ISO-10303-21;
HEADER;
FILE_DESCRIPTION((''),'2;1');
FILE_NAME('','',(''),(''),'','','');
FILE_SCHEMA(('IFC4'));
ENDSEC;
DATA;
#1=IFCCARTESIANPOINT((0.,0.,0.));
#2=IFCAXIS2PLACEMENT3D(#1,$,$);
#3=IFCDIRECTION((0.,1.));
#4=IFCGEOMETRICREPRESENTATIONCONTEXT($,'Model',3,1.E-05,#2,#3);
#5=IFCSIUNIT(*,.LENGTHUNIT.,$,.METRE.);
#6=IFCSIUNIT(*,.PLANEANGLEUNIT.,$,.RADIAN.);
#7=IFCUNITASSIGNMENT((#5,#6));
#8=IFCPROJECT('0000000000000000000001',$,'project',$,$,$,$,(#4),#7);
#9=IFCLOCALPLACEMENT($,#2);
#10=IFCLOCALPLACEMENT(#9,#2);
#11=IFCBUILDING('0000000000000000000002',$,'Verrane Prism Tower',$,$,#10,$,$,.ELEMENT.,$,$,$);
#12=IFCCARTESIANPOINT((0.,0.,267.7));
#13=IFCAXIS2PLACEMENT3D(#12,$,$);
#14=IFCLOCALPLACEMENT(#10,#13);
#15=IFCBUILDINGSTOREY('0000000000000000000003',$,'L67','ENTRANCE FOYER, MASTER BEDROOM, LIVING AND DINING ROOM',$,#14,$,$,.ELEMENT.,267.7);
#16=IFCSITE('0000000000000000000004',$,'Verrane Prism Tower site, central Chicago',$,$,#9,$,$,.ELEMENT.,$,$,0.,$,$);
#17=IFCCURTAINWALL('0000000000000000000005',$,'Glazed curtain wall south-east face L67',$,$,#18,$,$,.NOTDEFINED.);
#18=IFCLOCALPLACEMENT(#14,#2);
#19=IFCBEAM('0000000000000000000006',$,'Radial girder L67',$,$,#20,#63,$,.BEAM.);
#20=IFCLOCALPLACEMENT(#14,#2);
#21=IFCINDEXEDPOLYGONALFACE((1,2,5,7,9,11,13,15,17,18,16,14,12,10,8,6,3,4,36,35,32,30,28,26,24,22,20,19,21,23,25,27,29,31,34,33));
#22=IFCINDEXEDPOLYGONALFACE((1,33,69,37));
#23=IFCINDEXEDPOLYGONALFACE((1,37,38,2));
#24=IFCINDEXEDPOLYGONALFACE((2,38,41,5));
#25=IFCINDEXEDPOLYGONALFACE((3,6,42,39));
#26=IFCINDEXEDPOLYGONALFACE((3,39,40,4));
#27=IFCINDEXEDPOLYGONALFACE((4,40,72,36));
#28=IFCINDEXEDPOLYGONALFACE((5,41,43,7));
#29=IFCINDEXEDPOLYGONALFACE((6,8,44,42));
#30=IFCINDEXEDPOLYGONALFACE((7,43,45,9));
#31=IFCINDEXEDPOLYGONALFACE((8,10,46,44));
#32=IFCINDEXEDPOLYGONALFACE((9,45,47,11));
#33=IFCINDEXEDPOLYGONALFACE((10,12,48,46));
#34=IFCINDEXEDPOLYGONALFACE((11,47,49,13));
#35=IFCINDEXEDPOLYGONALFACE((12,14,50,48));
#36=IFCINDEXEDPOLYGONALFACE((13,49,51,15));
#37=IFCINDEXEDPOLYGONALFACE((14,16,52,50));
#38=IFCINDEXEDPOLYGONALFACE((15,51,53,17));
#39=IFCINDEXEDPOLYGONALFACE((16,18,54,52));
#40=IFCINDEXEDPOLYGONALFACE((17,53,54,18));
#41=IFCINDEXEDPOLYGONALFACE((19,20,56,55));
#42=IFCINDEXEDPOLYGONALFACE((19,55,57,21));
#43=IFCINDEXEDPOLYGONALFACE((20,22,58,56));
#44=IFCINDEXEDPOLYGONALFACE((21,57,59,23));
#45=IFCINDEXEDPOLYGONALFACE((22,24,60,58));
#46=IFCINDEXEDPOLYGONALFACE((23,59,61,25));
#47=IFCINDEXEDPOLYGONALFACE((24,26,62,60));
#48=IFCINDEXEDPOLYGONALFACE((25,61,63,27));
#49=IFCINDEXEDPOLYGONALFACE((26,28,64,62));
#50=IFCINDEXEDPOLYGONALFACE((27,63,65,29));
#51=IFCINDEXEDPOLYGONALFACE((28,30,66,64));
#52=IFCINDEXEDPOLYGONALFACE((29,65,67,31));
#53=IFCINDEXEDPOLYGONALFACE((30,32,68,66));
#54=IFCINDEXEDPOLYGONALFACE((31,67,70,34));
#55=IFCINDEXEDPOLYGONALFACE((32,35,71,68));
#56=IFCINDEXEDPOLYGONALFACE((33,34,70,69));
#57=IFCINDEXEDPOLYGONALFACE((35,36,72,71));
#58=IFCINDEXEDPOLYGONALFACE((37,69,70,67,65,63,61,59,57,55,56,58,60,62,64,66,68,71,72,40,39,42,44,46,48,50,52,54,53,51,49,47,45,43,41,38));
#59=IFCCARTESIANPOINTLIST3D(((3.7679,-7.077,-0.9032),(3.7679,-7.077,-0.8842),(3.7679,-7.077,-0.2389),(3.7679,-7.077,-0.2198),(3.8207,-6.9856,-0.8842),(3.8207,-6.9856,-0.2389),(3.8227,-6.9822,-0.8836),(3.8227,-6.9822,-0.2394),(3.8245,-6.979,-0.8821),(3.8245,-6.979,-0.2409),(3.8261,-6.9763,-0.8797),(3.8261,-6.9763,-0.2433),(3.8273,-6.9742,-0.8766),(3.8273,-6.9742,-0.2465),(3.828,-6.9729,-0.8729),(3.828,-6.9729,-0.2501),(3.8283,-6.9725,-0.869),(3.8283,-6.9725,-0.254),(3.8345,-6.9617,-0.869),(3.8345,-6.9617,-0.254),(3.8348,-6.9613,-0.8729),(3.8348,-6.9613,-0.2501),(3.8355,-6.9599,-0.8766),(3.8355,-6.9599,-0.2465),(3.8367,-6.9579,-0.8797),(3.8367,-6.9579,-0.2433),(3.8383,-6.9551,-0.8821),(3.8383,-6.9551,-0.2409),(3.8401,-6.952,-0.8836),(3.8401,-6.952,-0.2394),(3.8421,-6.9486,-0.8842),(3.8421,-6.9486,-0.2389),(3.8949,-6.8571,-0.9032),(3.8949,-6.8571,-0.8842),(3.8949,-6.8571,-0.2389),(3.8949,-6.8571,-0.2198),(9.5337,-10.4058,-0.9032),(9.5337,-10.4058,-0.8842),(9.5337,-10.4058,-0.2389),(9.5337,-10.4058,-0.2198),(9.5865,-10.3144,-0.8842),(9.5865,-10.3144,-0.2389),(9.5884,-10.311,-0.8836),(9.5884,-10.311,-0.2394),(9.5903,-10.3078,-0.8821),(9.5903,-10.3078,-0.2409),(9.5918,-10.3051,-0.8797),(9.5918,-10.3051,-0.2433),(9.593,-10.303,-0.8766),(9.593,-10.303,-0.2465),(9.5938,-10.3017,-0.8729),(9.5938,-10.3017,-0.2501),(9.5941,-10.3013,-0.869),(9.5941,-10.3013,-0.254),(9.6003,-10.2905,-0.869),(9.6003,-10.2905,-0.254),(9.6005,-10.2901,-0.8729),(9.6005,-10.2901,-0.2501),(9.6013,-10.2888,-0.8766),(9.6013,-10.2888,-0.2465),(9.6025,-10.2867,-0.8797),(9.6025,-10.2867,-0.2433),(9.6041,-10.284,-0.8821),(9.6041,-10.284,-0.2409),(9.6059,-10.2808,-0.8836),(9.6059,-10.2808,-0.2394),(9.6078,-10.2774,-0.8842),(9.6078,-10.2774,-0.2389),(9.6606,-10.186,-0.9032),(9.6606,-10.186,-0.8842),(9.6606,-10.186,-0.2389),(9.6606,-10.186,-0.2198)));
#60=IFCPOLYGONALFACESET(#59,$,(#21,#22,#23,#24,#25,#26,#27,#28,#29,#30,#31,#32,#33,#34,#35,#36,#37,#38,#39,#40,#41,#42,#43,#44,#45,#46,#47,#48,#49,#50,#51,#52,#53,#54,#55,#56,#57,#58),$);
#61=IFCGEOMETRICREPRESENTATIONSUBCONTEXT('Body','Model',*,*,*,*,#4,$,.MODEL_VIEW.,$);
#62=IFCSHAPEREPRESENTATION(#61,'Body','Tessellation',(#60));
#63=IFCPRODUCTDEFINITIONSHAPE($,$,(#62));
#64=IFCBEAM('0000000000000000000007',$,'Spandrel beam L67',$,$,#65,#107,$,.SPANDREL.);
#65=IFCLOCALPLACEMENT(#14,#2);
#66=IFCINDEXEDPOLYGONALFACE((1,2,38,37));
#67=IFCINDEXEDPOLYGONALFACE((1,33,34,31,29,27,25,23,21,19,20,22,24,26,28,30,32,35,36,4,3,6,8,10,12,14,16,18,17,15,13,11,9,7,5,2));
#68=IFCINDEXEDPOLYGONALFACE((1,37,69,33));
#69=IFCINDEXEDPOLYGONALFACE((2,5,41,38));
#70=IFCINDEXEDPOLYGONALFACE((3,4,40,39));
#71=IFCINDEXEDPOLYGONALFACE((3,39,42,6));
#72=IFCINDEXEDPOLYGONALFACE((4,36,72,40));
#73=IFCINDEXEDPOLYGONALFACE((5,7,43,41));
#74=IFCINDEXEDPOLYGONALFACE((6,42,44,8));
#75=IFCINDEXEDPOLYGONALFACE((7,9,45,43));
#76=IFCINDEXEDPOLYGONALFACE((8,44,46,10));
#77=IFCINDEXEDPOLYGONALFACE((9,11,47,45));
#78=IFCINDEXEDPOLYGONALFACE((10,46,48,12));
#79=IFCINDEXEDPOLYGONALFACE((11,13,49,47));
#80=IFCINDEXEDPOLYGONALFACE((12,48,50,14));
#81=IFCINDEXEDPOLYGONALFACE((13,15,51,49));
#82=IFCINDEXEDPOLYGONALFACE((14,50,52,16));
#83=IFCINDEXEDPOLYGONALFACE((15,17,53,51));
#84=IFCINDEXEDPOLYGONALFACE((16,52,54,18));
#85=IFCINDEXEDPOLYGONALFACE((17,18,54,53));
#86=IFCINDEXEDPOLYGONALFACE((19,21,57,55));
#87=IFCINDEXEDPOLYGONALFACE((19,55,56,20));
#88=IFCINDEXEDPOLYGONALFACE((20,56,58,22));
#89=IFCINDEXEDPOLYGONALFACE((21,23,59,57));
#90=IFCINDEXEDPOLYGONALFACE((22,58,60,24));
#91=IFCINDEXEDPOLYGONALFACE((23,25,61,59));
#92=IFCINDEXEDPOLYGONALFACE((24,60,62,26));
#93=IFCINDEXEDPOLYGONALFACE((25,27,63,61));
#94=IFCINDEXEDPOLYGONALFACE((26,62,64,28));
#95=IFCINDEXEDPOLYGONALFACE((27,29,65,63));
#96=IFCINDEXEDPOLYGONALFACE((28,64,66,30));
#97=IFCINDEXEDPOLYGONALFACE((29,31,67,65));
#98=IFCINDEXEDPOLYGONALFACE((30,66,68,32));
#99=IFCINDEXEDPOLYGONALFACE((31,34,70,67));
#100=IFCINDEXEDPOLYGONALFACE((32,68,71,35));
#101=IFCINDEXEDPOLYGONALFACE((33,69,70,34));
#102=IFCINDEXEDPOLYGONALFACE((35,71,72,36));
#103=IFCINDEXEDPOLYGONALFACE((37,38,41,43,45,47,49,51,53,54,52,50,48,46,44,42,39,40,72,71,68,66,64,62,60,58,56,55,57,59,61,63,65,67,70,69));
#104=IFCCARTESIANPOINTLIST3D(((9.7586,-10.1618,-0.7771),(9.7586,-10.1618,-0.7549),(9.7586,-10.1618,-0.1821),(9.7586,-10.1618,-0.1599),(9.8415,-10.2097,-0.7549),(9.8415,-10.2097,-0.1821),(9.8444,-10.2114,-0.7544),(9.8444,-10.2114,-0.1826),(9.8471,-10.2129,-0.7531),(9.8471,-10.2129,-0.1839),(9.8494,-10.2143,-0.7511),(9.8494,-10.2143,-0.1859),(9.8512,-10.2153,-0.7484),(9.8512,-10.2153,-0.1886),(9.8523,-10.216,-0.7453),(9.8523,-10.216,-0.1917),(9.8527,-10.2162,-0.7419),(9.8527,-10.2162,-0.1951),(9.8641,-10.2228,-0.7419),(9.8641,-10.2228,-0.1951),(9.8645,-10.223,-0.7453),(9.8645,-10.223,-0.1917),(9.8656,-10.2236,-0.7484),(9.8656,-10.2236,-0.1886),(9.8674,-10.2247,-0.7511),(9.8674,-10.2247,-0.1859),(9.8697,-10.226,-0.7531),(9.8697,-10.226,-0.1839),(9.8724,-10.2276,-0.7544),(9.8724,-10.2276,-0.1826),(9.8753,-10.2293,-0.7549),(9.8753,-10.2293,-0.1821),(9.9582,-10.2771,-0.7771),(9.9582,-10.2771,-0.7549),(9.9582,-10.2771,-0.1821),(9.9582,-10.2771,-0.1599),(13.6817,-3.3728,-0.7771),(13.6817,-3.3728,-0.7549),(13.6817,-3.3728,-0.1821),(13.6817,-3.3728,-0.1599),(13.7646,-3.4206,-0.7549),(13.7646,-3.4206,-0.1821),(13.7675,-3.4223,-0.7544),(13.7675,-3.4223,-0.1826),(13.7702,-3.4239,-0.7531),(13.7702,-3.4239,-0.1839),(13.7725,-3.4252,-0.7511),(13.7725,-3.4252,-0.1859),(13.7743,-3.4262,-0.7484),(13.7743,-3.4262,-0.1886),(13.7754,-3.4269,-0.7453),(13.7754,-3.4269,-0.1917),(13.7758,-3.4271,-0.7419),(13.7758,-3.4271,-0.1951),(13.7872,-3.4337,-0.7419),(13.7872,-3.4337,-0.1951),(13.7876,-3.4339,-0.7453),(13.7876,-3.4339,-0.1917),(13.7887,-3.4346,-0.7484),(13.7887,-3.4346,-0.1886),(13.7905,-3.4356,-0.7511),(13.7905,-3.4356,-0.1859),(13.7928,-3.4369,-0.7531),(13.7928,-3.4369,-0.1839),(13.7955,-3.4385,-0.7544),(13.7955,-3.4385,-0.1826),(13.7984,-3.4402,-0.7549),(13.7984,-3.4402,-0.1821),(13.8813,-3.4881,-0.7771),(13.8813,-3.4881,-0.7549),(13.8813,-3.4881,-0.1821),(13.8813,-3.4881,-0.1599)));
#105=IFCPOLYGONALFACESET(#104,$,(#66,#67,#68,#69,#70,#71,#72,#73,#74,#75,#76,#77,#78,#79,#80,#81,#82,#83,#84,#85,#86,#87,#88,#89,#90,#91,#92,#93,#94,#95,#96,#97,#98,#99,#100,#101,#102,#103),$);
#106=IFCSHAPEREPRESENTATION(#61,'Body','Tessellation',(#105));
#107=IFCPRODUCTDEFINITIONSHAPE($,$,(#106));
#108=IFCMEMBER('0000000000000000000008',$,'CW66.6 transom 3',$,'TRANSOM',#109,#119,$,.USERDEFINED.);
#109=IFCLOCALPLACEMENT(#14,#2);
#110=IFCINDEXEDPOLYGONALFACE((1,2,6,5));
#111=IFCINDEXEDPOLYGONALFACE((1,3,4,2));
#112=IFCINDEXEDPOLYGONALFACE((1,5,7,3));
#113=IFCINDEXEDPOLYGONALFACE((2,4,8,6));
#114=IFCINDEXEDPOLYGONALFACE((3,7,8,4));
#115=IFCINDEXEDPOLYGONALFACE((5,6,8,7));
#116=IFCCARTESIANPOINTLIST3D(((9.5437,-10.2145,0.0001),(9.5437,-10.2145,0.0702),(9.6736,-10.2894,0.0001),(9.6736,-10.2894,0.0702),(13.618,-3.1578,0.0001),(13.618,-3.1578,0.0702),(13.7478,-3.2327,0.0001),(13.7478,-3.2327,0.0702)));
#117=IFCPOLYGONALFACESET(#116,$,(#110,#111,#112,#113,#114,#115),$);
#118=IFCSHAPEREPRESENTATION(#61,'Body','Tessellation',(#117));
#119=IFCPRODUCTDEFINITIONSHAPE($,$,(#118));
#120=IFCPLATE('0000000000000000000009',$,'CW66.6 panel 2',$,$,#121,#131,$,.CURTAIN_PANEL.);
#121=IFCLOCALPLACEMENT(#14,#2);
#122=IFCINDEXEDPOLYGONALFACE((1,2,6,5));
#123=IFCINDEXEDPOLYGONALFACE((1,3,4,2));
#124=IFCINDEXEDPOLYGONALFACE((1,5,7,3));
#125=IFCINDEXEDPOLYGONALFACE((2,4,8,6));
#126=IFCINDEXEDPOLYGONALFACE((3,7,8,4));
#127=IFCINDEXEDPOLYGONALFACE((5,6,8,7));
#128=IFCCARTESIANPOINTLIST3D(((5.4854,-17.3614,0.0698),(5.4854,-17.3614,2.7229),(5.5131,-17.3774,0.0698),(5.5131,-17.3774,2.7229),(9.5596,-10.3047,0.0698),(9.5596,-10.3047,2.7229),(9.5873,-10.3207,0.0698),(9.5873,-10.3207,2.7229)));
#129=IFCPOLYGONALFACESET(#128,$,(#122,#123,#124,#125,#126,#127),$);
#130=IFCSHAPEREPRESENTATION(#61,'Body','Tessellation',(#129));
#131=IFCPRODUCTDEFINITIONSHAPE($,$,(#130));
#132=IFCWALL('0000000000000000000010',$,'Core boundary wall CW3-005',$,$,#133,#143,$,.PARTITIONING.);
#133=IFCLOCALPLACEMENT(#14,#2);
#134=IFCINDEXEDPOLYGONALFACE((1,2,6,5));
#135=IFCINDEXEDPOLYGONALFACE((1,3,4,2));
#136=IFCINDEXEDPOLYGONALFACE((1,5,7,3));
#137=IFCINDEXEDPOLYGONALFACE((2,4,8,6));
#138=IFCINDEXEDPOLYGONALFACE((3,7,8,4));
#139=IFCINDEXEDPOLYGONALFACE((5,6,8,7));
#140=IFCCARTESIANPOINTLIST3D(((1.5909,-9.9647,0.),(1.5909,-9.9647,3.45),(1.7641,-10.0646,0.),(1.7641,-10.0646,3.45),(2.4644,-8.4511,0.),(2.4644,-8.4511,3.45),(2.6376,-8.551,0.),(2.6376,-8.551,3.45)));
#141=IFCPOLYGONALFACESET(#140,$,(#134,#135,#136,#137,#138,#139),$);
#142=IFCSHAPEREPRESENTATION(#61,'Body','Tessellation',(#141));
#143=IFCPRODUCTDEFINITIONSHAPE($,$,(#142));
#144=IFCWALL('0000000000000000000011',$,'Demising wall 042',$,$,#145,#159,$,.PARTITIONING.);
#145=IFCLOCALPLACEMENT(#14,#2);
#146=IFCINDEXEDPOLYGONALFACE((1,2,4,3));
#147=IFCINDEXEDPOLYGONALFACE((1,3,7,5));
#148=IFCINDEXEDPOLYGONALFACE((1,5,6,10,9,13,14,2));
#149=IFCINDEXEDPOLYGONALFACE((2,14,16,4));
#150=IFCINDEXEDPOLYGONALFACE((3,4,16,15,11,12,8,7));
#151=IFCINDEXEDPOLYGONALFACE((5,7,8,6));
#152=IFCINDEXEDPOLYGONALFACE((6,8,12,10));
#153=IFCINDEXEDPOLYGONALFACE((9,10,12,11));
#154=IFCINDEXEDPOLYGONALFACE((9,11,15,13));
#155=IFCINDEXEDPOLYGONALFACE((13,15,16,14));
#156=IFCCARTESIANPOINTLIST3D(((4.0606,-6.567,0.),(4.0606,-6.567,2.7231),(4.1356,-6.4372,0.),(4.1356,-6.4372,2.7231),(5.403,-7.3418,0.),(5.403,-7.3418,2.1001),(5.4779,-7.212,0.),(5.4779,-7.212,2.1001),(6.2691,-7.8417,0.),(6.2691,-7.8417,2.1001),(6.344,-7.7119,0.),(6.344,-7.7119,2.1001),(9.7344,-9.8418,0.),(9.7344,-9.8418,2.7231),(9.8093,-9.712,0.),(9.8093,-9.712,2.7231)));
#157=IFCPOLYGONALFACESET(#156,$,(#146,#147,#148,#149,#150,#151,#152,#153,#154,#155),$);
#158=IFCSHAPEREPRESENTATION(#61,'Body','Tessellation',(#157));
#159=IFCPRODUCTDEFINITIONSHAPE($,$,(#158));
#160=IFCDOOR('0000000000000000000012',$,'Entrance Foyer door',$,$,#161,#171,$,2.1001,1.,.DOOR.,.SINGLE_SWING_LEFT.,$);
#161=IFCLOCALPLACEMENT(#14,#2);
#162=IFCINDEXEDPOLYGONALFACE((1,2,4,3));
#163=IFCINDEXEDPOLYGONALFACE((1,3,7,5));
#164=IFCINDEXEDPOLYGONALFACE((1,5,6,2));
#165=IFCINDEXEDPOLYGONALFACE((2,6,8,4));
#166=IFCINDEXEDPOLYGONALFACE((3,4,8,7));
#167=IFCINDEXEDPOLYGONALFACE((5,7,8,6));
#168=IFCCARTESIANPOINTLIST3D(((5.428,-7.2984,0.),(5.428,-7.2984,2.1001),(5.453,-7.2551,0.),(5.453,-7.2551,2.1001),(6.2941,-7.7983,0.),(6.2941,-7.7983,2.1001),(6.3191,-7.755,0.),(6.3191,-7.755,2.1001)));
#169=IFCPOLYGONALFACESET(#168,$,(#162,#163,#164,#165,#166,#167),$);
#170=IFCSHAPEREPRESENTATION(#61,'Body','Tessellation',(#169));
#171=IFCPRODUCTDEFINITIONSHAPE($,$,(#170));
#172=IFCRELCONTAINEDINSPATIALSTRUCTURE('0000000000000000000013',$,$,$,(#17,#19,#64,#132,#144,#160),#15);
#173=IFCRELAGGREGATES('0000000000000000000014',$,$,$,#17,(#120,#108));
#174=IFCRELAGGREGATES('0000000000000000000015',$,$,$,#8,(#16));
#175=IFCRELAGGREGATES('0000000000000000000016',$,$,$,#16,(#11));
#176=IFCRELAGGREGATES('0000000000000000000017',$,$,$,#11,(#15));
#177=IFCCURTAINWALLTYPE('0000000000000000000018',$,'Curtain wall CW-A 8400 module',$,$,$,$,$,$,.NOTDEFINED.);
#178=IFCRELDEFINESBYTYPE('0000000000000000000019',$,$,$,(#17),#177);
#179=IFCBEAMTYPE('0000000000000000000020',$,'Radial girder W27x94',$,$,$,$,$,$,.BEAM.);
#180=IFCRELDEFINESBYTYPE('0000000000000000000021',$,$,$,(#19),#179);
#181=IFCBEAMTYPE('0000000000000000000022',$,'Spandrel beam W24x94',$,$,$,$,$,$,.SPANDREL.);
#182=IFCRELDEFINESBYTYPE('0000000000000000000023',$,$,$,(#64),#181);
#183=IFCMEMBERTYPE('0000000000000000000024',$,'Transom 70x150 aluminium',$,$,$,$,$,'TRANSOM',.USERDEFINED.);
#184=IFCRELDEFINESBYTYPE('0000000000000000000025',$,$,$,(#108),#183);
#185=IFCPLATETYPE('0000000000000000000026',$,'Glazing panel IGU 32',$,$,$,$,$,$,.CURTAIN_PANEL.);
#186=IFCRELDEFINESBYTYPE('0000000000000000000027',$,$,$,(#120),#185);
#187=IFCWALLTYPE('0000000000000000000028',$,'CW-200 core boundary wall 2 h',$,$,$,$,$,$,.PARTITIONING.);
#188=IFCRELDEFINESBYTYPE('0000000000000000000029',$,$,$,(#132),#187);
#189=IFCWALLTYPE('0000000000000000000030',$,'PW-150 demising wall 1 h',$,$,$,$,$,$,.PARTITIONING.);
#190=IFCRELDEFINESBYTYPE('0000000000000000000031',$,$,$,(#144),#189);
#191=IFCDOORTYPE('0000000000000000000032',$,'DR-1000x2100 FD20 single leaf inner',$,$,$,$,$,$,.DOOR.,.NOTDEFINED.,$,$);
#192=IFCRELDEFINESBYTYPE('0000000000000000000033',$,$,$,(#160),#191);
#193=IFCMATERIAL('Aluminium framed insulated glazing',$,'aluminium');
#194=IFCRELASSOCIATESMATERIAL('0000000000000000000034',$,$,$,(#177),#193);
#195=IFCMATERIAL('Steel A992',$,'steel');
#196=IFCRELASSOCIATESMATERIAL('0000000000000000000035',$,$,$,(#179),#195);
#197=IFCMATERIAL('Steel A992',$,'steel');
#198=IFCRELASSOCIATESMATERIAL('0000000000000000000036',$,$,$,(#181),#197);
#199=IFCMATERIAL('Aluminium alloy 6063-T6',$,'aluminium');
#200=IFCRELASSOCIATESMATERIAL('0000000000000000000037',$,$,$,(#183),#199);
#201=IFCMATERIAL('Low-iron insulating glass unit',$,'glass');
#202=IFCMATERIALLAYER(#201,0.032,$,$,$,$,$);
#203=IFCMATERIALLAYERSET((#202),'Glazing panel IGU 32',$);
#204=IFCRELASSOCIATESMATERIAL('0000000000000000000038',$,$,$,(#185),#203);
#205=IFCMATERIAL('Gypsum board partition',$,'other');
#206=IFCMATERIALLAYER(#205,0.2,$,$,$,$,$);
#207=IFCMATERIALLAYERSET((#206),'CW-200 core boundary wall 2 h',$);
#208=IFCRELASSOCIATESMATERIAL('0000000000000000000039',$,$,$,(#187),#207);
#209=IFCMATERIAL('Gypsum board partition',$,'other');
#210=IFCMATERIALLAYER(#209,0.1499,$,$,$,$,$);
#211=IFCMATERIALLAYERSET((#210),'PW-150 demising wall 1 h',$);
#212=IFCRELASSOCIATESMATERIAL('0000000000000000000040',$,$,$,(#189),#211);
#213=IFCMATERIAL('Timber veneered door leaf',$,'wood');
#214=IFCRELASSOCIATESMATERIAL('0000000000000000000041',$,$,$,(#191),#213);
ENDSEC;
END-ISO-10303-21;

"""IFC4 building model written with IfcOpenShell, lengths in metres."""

from ifc_helpers import new_model, si_unit, direction, frame, frame_2d, origin, origin_2d, place, context, subcontext, project, spatial, rectangle, i_section, extrude, material, layer, layer_set, material_profile, profile_set, type_object, element, fill, aggregate, save


model = new_model("IFC4")

# Units and contexts
model_context = context("Model", 3, precision=1e-05, world=origin(), true_north=direction((0.0, 1.0)))
body_context = subcontext(model_context, "Body", "Model", "MODEL_VIEW")
ifc_project = project(units=[si_unit("LENGTHUNIT", "METRE"), si_unit("PLANEANGLEUNIT", "RADIAN")], contexts=[model_context])

# Site, building, storey
site_placement = place(None, origin())
site = spatial("IfcSite", under=ifc_project, at=site_placement, Name="Verrane Prism Tower site, central Chicago", CompositionType="ELEMENT", RefElevation=0.0)
building_placement = place(site_placement, origin())
building = spatial("IfcBuilding", under=site, at=building_placement, Name="Verrane Prism Tower", CompositionType="ELEMENT")
storey_placement = place(building_placement, frame((0.0, 0.0, 267.7)))
storey = spatial("IfcBuildingStorey", under=building, at=storey_placement, Name="L67", Description="ENTRANCE FOYER, MASTER BEDROOM, LIVING AND DINING ROOM", CompositionType="ELEMENT", Elevation=267.7)

# Curtain wall
ifc_material_1 = material(Name="Aluminium framed insulated glazing", Category="aluminium")
curtain_wall_type = type_object("IfcCurtainWallType", Name="Curtain wall CW-A 8400 module", PredefinedType="NOTDEFINED", material=ifc_material_1)
curtain_wall_placement = place(storey_placement, origin())
curtain_wall = element("IfcCurtainWall", 1, at=curtain_wall_placement, inside=storey, type_object=curtain_wall_type, Name="Glazed curtain wall south-east face L67", PredefinedType="NOTDEFINED")

# Beams
ifc_material_2 = material(Name="Steel A992", Category="steel")
ifc_material_profile_1 = material_profile(ifc_material_2, i_section(OverallWidth=0.2539, OverallDepth=0.6833, WebThickness=0.0125, FlangeThickness=0.019, FilletRadius=0.0151, at=origin_2d()), Name="W27x94")
ifc_profile_set_1 = profile_set([ifc_material_profile_1], Name="Steel A992")
beam_type_1 = type_object("IfcBeamType", Name="Radial girder W27x94", PredefinedType="BEAM", material=ifc_profile_set_1)
beam_1_placement = place(storey_placement, frame((9.5972, -10.2959, -0.5615), z_axis=(-0.86603, 0.499992, 0.0), x_axis=(-0.499992, -0.86603, 0.0)))
element("IfcBeam", 2, at=beam_1_placement, inside=storey, type_object=beam_type_1, Name="Radial girder L67", PredefinedType="BEAM", context=body_context, shape_type="SweptSolid", body=[
    extrude(i_section(OverallWidth=0.2539, OverallDepth=0.6833, WebThickness=0.0125, FlangeThickness=0.019, FilletRadius=0.0151, at=origin_2d()), origin(), (0.0, 0.0, 1.0), 6.6577),
])
ifc_material_3 = material(Name="Steel A992", Category="steel")
ifc_material_profile_2 = material_profile(ifc_material_3, i_section(OverallWidth=0.2305, OverallDepth=0.6172, WebThickness=0.0132, FlangeThickness=0.0222, FilletRadius=0.0129, at=origin_2d()), Name="W24x94")
ifc_profile_set_2 = profile_set([ifc_material_profile_2], Name="Steel A992")
beam_type_2 = type_object("IfcBeamType", Name="Spandrel beam W24x94", PredefinedType="SPANDREL", material=ifc_profile_set_2)
beam_2_placement = place(storey_placement, frame((9.8584, -10.2195, -0.4685), z_axis=(0.500328, 0.865836, 0.0), x_axis=(-0.865836, 0.500328, 0.0)))
element("IfcBeam", 3, at=beam_2_placement, inside=storey, type_object=beam_type_2, Name="Spandrel beam L67", PredefinedType="SPANDREL", context=body_context, shape_type="SweptSolid", body=[
    extrude(i_section(OverallWidth=0.2305, OverallDepth=0.6172, WebThickness=0.0132, FlangeThickness=0.0222, FilletRadius=0.0129, at=origin_2d()), origin(), (0.0, 0.0, 1.0), 7.8411),
])

# Member
ifc_material_4 = material(Name="Aluminium alloy 6063-T6", Category="aluminium")
ifc_material_profile_3 = material_profile(ifc_material_4, rectangle(XDim=0.1499, YDim=0.0701, at=origin_2d()), Name="Transom 70x150 aluminium")
ifc_profile_set_3 = profile_set([ifc_material_profile_3], Name="Aluminium alloy 6063-T6")
member_type_1 = type_object("IfcMemberType", Name="Transom 70x150 aluminium", ElementType="TRANSOM", PredefinedType="USERDEFINED", material=ifc_profile_set_3)
member_1_placement = place(storey_placement, frame((9.6086, -10.252, 0.0352), z_axis=(0.500006, 0.866022, 0.0), x_axis=(-0.866022, 0.500006, 0.0)))
member_1 = element("IfcMember", 4, at=member_1_placement, type_object=member_type_1, Name="CW66.6 transom 3", ObjectType="TRANSOM", PredefinedType="USERDEFINED", context=body_context, shape_type="SweptSolid", body=[
    extrude(rectangle(XDim=0.1499, YDim=0.0701, at=origin_2d()), origin(), (0.0, 0.0, 1.0), 8.1484),
])

# Plate
ifc_material_5 = material(Name="Low-iron insulating glass unit", Category="glass")
ifc_layer_1 = layer(ifc_material_5, 0.032)
ifc_layer_set_1 = layer_set([ifc_layer_1], Name="Glazing panel IGU 32")
plate_type = type_object("IfcPlateType", Name="Glazing panel IGU 32", PredefinedType="CURTAIN_PANEL", material=ifc_layer_set_1)
plate_placement = place(storey_placement, frame((7.5364, -13.8411, 0.0698), z_axis=(0.0, 0.0, 1.0), x_axis=(0.500001, 0.866025, 0.0)))
plate = element("IfcPlate", 5, at=plate_placement, type_object=plate_type, Name="CW66.6 panel 2", PredefinedType="CURTAIN_PANEL", context=body_context, shape_type="SweptSolid", body=[
    extrude(rectangle(XDim=8.1484, YDim=0.032, at=origin_2d()), origin(), (0.0, 0.0, 1.0), 2.6531),
])
aggregate(curtain_wall, [plate, member_1])

# Wall
ifc_material_6 = material(Name="Gypsum board partition", Category="other")
ifc_layer_2 = layer(ifc_material_6, 0.2)
ifc_layer_set_2 = layer_set([ifc_layer_2], Name="CW-200 core boundary wall 2 h")
wall_type_1 = type_object("IfcWallType", Name="CW-200 core boundary wall 2 h", PredefinedType="PARTITIONING", material=ifc_layer_set_2)
wall_1_placement = place(storey_placement, frame((1.6775, -10.0146, 0.0), z_axis=(0.0, 0.0, 1.0), x_axis=(0.499835, 0.86612, 0.0)))
element("IfcWall", 6, at=wall_1_placement, inside=storey, type_object=wall_type_1, Name="Core boundary wall CW3-005", PredefinedType="PARTITIONING", context=body_context, shape_type="SweptSolid", body=[
    extrude(rectangle(XDim=1.7476, YDim=0.2, at=frame_2d((0.8738, 0.0))), origin(), (0.0, 0.0, 1.0), 3.45),
])

# Wall, opening, door
ifc_material_7 = material(Name="Gypsum board partition", Category="other")
ifc_layer_3 = layer(ifc_material_7, 0.1499)
ifc_layer_set_3 = layer_set([ifc_layer_3], Name="PW-150 demising wall 1 h")
wall_type_2 = type_object("IfcWallType", Name="PW-150 demising wall 1 h", PredefinedType="PARTITIONING", material=ifc_layer_set_3)
wall_2_placement = place(storey_placement, frame((9.7717, -9.7769, 0.0), z_axis=(0.0, 0.0, 1.0), x_axis=(-0.866084, 0.499899, 0.0)))
wall_2 = element("IfcWall", 7, at=wall_2_placement, inside=storey, type_object=wall_type_2, Name="Demising wall 042", PredefinedType="PARTITIONING", context=body_context, shape_type="SweptSolid", body=[
    extrude(rectangle(XDim=6.551, YDim=0.1499, at=frame_2d((3.2754, 0.0))), origin(), (0.0, 0.0, 1.0), 2.7231),
])
opening_1_placement = place(wall_2_placement, frame((4.001, 0.0, 0.0)))
opening_1 = element("IfcOpeningElement", 8, at=opening_1_placement, cuts=wall_2, PredefinedType="OPENING", context=body_context, shape_type="SweptSolid", body=[
    extrude(rectangle(XDim=1.0, YDim=2.1001, at=frame_2d((0.5, 1.05))), frame((0.0, 0.085, 0.0), z_axis=(0.0, -1.0, 0.0), x_axis=(1.0, 0.0, 0.0)), (0.0, 0.0, 1.0), 0.1699),
])
ifc_material_8 = material(Name="Timber veneered door leaf", Category="wood")
door_type_1 = type_object("IfcDoorType", Name="DR-1000x2100 FD20 single leaf inner", OperationType="NOTDEFINED", PredefinedType="DOOR", material=ifc_material_8)
door_1_placement = place(opening_1_placement, origin())
door_1 = element("IfcDoor", 9, at=door_1_placement, inside=storey, type_object=door_type_1, Name="Entrance Foyer door", OperationType="SINGLE_SWING_LEFT", OverallHeight=2.1001, OverallWidth=1.0, PredefinedType="DOOR", context=body_context, shape_type="SweptSolid", body=[
    extrude(rectangle(XDim=1.0, YDim=2.1001, at=frame_2d((0.5, 1.05))), frame((0.0, 0.0249, 0.0), z_axis=(0.0, -1.0, 0.0), x_axis=(1.0, 0.0, 0.0)), (0.0, 0.0, 1.0), 0.05),
])
fill(opening_1, door_1)

save(model, "model.ifc")
